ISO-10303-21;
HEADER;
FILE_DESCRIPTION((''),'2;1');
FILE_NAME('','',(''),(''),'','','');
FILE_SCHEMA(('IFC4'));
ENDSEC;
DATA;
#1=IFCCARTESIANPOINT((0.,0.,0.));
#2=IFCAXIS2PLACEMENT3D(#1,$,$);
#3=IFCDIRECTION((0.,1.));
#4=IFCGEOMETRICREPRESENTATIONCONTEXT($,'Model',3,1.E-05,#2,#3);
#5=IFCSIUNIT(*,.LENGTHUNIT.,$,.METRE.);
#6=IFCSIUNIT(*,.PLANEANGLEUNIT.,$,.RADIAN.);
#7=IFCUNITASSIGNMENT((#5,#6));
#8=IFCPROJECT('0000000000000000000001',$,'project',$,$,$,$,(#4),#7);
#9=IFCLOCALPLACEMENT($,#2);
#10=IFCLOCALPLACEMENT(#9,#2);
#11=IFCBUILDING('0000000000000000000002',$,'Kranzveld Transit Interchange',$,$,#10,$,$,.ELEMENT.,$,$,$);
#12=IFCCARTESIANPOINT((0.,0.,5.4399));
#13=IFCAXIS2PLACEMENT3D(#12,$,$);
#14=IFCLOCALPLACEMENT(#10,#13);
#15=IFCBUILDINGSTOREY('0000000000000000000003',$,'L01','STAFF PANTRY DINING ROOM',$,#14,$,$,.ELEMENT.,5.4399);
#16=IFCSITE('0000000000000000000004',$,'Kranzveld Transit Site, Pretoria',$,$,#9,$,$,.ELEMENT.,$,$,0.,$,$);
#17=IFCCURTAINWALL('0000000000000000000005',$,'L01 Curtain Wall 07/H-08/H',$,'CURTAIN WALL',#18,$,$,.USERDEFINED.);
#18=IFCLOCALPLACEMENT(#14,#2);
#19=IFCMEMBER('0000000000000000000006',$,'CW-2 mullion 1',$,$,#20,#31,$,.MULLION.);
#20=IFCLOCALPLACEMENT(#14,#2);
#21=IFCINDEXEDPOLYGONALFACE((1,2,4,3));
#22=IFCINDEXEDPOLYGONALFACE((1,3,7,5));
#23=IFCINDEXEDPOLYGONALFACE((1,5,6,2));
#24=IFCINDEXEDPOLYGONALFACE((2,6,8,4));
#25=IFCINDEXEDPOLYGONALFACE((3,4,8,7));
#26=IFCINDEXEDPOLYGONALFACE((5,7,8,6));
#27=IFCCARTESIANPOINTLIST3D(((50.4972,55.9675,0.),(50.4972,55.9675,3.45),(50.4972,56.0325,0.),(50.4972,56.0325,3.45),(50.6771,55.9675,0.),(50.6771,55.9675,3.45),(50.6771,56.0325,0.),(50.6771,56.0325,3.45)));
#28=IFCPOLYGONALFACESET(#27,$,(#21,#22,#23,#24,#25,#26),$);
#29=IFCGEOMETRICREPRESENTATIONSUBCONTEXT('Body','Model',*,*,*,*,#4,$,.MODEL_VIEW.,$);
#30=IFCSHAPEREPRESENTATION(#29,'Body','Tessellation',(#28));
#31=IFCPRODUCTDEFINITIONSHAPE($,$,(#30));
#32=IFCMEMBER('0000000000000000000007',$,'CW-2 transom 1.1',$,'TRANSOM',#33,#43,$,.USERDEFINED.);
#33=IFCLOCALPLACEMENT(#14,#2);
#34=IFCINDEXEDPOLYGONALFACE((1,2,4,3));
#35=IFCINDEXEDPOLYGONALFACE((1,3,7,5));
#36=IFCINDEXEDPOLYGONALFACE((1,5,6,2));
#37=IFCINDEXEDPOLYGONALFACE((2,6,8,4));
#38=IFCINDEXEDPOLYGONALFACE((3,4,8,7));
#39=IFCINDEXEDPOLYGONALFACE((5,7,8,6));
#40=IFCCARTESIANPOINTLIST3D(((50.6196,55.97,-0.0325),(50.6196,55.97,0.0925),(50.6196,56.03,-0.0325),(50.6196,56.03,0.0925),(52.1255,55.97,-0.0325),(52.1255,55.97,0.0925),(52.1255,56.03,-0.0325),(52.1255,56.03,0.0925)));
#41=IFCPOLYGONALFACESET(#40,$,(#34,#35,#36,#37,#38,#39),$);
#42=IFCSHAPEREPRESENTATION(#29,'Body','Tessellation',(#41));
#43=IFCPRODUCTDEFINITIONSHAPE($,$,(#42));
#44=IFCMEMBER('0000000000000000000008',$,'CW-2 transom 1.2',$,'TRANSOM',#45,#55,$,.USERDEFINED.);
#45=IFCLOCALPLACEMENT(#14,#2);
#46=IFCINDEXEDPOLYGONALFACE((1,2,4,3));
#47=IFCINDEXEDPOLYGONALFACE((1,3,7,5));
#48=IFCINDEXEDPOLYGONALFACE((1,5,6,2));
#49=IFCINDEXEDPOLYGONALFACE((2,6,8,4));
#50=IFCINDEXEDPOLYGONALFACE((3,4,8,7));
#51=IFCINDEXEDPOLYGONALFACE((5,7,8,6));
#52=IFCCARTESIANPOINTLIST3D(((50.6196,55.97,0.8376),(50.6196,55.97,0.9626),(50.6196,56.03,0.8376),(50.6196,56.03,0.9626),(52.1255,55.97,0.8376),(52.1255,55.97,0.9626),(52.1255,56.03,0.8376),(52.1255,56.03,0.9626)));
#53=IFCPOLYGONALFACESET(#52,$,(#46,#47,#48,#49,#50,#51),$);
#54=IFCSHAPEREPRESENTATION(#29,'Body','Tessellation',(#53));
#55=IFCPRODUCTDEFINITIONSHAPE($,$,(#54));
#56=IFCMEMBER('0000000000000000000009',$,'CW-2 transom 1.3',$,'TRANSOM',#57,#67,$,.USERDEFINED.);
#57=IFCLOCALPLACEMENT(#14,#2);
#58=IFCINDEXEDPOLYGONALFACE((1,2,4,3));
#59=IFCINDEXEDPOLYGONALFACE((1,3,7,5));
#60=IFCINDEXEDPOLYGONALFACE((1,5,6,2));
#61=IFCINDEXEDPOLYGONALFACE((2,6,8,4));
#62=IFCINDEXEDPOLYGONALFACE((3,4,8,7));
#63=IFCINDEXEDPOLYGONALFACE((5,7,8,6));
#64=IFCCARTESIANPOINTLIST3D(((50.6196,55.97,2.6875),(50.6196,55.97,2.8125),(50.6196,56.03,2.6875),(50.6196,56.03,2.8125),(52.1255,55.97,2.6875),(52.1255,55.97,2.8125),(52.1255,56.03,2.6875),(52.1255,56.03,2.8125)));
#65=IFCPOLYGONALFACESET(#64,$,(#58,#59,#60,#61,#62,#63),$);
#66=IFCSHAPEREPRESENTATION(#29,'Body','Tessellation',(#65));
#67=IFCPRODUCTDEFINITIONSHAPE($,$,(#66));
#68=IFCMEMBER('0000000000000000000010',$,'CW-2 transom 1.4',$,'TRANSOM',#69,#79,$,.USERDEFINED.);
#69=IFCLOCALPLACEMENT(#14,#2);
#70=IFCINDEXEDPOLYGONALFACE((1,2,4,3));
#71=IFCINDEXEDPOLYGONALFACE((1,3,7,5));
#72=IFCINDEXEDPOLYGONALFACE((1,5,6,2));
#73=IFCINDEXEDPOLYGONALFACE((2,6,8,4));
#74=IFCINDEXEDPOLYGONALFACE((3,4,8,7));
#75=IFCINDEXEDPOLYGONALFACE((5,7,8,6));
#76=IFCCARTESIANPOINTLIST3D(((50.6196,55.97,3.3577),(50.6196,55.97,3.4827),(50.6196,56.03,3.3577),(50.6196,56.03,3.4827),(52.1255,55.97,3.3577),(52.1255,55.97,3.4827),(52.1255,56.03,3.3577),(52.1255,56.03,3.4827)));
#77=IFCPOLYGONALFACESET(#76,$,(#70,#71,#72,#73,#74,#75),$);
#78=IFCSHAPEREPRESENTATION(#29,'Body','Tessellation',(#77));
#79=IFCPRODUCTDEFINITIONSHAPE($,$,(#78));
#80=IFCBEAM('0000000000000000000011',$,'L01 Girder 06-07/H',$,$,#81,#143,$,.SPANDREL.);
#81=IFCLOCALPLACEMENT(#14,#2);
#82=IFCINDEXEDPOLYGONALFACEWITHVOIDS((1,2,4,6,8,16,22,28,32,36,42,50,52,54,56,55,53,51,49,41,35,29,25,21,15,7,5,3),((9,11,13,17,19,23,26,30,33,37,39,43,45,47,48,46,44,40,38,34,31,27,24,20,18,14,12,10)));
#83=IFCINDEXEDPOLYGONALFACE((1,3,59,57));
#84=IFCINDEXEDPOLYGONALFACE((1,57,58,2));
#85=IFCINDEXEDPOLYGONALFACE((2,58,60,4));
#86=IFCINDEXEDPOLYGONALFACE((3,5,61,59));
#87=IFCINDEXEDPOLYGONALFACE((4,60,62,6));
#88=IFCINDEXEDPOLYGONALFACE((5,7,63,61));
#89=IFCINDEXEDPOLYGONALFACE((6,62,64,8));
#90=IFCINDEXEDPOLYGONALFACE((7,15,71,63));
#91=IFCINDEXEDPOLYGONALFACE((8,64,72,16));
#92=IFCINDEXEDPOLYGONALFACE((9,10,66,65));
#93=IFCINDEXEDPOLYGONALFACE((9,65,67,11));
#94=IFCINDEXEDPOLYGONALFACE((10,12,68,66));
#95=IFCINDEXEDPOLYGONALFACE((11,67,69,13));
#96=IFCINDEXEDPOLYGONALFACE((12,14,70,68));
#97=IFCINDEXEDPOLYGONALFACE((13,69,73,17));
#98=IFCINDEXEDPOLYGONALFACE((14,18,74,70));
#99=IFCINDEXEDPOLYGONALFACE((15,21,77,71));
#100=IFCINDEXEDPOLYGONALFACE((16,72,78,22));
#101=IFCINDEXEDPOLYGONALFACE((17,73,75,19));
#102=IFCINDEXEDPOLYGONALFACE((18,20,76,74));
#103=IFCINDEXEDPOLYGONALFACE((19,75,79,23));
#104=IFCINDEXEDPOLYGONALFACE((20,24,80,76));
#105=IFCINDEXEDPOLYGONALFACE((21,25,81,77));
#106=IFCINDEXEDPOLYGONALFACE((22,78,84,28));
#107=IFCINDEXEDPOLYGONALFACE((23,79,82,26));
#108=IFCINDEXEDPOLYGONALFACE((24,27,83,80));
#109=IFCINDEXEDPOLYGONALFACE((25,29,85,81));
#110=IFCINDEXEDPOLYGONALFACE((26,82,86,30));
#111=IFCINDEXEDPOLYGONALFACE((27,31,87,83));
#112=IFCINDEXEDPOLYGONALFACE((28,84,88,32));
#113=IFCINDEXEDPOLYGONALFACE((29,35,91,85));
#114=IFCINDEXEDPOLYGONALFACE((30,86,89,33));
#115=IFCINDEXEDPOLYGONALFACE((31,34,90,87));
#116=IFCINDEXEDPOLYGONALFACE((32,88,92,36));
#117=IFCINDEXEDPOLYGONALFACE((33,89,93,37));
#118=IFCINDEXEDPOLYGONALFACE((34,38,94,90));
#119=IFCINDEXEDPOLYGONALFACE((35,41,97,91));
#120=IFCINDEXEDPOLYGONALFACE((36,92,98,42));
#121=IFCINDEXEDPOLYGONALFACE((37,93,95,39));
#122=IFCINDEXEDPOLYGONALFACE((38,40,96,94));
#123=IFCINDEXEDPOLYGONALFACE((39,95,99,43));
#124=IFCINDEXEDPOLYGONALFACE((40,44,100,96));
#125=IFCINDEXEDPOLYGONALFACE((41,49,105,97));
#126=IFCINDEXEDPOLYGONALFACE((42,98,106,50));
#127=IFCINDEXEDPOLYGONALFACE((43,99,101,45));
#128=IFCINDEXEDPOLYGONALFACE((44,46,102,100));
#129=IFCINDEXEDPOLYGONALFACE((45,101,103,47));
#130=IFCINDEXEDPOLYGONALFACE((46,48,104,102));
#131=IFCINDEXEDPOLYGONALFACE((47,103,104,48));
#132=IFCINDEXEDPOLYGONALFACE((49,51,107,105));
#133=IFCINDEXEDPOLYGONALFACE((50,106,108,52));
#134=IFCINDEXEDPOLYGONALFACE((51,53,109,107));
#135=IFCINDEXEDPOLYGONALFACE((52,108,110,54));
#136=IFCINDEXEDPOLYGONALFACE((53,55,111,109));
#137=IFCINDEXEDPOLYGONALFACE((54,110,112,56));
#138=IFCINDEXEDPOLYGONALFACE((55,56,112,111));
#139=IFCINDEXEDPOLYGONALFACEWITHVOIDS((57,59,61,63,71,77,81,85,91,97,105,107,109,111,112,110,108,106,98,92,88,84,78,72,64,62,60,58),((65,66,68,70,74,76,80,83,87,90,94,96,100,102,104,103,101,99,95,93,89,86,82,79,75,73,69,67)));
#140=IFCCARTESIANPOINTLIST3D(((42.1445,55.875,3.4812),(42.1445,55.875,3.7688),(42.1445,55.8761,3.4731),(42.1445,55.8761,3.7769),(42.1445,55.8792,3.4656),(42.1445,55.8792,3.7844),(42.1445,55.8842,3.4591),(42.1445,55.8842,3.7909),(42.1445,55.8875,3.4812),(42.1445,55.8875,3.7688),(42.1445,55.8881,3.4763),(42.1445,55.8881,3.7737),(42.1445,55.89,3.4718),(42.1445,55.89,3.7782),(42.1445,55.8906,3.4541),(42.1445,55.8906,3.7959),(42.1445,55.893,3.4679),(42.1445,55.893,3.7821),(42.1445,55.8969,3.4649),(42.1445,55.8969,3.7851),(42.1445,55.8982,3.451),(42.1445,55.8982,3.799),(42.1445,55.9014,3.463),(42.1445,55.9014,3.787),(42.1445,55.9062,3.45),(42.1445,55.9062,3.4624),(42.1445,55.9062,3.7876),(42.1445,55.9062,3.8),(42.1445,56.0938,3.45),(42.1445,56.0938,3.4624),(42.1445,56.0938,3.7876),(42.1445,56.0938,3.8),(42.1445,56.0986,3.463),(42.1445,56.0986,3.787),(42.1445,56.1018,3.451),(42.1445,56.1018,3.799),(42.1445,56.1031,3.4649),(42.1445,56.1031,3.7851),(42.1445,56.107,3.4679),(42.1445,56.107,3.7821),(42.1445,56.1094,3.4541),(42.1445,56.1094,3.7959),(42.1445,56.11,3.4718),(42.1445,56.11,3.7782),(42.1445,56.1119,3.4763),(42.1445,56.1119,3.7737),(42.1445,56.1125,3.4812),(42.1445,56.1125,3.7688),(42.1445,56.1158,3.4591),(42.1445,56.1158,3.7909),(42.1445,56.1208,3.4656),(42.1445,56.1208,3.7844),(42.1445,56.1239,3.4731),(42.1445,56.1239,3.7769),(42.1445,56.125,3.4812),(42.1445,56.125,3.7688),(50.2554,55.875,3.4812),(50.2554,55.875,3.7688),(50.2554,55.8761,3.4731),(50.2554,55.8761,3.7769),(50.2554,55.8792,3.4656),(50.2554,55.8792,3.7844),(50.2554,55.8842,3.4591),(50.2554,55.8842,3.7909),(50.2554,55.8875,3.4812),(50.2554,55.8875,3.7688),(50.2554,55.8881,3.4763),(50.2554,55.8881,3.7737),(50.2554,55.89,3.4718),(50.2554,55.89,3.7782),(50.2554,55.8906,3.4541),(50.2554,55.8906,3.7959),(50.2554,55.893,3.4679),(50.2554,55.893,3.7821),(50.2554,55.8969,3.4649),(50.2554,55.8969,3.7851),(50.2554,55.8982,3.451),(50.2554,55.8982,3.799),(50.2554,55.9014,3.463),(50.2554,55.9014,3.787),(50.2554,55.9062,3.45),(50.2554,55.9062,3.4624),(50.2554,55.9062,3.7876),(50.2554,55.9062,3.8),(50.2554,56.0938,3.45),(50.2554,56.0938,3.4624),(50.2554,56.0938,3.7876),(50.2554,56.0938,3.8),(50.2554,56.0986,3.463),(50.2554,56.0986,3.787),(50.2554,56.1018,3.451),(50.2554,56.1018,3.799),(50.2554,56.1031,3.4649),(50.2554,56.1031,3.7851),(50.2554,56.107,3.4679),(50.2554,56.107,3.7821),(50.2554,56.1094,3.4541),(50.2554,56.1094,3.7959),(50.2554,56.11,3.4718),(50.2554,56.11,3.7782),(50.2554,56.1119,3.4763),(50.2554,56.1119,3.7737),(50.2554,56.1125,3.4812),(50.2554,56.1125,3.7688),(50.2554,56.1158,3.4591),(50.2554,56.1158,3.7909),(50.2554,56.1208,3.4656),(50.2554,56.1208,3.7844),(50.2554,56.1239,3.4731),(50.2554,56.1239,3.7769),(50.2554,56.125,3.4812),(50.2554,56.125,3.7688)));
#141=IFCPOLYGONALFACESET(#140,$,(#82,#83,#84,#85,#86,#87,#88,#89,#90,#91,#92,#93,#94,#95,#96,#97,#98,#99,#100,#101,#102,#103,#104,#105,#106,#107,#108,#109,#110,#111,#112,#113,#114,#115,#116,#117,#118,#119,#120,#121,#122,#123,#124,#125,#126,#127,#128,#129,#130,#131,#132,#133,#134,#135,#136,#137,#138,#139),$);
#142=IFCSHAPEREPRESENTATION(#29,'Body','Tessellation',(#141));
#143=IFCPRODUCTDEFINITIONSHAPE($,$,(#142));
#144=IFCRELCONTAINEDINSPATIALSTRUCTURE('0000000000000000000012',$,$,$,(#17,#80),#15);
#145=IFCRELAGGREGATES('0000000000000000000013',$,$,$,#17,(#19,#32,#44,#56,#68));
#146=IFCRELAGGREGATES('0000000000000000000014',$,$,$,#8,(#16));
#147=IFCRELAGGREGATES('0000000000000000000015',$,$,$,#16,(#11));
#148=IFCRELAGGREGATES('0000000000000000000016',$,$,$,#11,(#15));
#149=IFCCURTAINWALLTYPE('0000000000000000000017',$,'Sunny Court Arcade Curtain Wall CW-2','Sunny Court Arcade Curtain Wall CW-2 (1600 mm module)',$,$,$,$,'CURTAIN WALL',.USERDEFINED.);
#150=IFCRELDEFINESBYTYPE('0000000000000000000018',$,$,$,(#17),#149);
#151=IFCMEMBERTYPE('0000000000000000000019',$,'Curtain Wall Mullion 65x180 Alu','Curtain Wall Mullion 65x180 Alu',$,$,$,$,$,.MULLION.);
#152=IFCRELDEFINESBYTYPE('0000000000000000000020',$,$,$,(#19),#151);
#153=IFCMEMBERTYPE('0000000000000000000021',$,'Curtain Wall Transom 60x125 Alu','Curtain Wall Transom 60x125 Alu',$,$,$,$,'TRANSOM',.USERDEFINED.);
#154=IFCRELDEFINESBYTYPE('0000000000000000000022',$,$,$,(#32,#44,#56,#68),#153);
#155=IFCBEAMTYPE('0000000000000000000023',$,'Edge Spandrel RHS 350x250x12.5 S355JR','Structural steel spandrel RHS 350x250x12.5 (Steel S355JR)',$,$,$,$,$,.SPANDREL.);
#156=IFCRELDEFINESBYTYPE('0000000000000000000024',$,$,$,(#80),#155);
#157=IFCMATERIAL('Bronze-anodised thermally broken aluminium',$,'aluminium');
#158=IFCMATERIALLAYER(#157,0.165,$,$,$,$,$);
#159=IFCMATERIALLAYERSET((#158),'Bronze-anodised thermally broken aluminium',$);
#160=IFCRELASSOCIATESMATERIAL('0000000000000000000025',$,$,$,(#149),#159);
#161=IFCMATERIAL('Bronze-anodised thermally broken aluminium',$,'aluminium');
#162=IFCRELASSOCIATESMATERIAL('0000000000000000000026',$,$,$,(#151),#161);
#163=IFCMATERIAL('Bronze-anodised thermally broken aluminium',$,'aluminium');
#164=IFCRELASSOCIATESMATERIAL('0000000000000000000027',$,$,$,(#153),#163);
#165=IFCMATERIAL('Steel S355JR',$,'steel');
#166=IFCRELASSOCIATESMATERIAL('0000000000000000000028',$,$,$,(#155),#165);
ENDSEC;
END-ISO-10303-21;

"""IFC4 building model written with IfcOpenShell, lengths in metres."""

from ifc_helpers import new_model, si_unit, direction, frame, origin, origin_2d, place, context, subcontext, project, spatial, rectangle, hollow_rectangle, extrude, material, layer, layer_set, material_profile, profile_set, type_object, element, aggregate, save


model = new_model("IFC4")

# Units and contexts
model_context = context("Model", 3, precision=1e-05, world=origin(), true_north=direction((0.0, 1.0)))
body_context = subcontext(model_context, "Body", "Model", "MODEL_VIEW")
ifc_project = project(units=[si_unit("LENGTHUNIT", "METRE"), si_unit("PLANEANGLEUNIT", "RADIAN")], contexts=[model_context])

# Site, building, storey
site_placement = place(None, origin())
site = spatial("IfcSite", under=ifc_project, at=site_placement, Name="Kranzveld Transit Site, Pretoria", CompositionType="ELEMENT", RefElevation=0.0)
building_placement = place(site_placement, origin())
building = spatial("IfcBuilding", under=site, at=building_placement, Name="Kranzveld Transit Interchange", CompositionType="ELEMENT")
storey_placement = place(building_placement, frame((0.0, 0.0, 5.4399)))
storey = spatial("IfcBuildingStorey", under=building, at=storey_placement, Name="L01", Description="STAFF PANTRY DINING ROOM", CompositionType="ELEMENT", Elevation=5.4399)

# Curtain wall, members
ifc_material_1 = material(Name="Bronze-anodised thermally broken aluminium", Category="aluminium")
ifc_layer_1 = layer(ifc_material_1, 0.165)
ifc_layer_set_1 = layer_set([ifc_layer_1], Name="Bronze-anodised thermally broken aluminium")
curtain_wall_type = type_object("IfcCurtainWallType", Name="Sunny Court Arcade Curtain Wall CW-2", Description="Sunny Court Arcade Curtain Wall CW-2 (1600 mm module)", ElementType="CURTAIN WALL", PredefinedType="USERDEFINED", material=ifc_layer_set_1)
curtain_wall_placement = place(storey_placement, origin())
curtain_wall = element("IfcCurtainWall", 1, at=curtain_wall_placement, inside=storey, type_object=curtain_wall_type, Name="L01 Curtain Wall 07/H-08/H", ObjectType="CURTAIN WALL", PredefinedType="USERDEFINED")
ifc_material_2 = material(Name="Bronze-anodised thermally broken aluminium", Category="aluminium")
ifc_material_profile_1 = material_profile(ifc_material_2, rectangle(XDim=0.0649, YDim=0.1799, at=origin_2d()), Name="ALU MULLION 65x180")
ifc_profile_set_1 = profile_set([ifc_material_profile_1], Name="Bronze-anodised thermally broken aluminium")
member_type_1 = type_object("IfcMemberType", Name="Curtain Wall Mullion 65x180 Alu", Description="Curtain Wall Mullion 65x180 Alu", PredefinedType="MULLION", material=ifc_profile_set_1)
member_1_placement = place(storey_placement, frame((50.5872, 56.0, 0.0), z_axis=(0.0, 0.0, 1.0), x_axis=(0.0, 1.0, 0.0)))
member_1 = element("IfcMember", 2, at=member_1_placement, type_object=member_type_1, Name="CW-2 mullion 1", PredefinedType="MULLION", context=body_context, shape_type="SweptSolid", body=[
    extrude(rectangle(XDim=0.0649, YDim=0.1799, at=origin_2d()), origin(), (0.0, 0.0, 1.0), 3.45),
])
ifc_material_3 = material(Name="Bronze-anodised thermally broken aluminium", Category="aluminium")
ifc_material_profile_2 = material_profile(ifc_material_3, rectangle(XDim=0.0601, YDim=0.125, at=origin_2d()), Name="ALU TRANSOM 60x125")
ifc_profile_set_2 = profile_set([ifc_material_profile_2], Name="Bronze-anodised thermally broken aluminium")
member_type_2 = type_object("IfcMemberType", Name="Curtain Wall Transom 60x125 Alu", Description="Curtain Wall Transom 60x125 Alu", ElementType="TRANSOM", PredefinedType="USERDEFINED", material=ifc_profile_set_2)
member_2_placement = place(storey_placement, frame((50.6196, 56.0, 0.03), z_axis=(1.0, 0.0, 0.0), x_axis=(0.0, 1.0, 0.0)))
member_2 = element("IfcMember", 3, at=member_2_placement, type_object=member_type_2, Name="CW-2 transom 1.1", ObjectType="TRANSOM", PredefinedType="USERDEFINED", context=body_context, shape_type="SweptSolid", body=[
    extrude(rectangle(XDim=0.0601, YDim=0.125, at=origin_2d()), origin(), (0.0, 0.0, 1.0), 1.5059),
])
member_3_placement = place(storey_placement, frame((50.6196, 56.0, 0.9001), z_axis=(1.0, 0.0, 0.0), x_axis=(0.0, 1.0, 0.0)))
member_3 = element("IfcMember", 4, at=member_3_placement, type_object=member_type_2, Name="CW-2 transom 1.2", ObjectType="TRANSOM", PredefinedType="USERDEFINED", context=body_context, shape_type="SweptSolid", body=[
    extrude(rectangle(XDim=0.0601, YDim=0.125, at=origin_2d()), origin(), (0.0, 0.0, 1.0), 1.5059),
])
member_4_placement = place(storey_placement, frame((50.6196, 56.0, 2.75), z_axis=(1.0, 0.0, 0.0), x_axis=(0.0, 1.0, 0.0)))
member_4 = element("IfcMember", 5, at=member_4_placement, type_object=member_type_2, Name="CW-2 transom 1.3", ObjectType="TRANSOM", PredefinedType="USERDEFINED", context=body_context, shape_type="SweptSolid", body=[
    extrude(rectangle(XDim=0.0601, YDim=0.125, at=origin_2d()), origin(), (0.0, 0.0, 1.0), 1.5059),
])
member_5_placement = place(storey_placement, frame((50.6196, 56.0, 3.4202), z_axis=(1.0, 0.0, 0.0), x_axis=(0.0, 1.0, 0.0)))
member_5 = element("IfcMember", 6, at=member_5_placement, type_object=member_type_2, Name="CW-2 transom 1.4", ObjectType="TRANSOM", PredefinedType="USERDEFINED", context=body_context, shape_type="SweptSolid", body=[
    extrude(rectangle(XDim=0.0601, YDim=0.125, at=origin_2d()), origin(), (0.0, 0.0, 1.0), 1.5059),
])

# Beam
ifc_material_4 = material(Name="Steel S355JR", Category="steel")
ifc_material_profile_3 = material_profile(ifc_material_4, hollow_rectangle(XDim=0.25, YDim=0.3501, WallThickness=0.0125, InnerFilletRadius=0.0188, OuterFilletRadius=0.0312, at=origin_2d()), Name="RHS 350x250x12.5")
ifc_profile_set_3 = profile_set([ifc_material_profile_3], Name="Steel S355JR")
beam_type_1 = type_object("IfcBeamType", Name="Edge Spandrel RHS 350x250x12.5 S355JR", Description="Structural steel spandrel RHS 350x250x12.5 (Steel S355JR)", PredefinedType="SPANDREL", material=ifc_profile_set_3)
beam_1_placement = place(storey_placement, frame((42.1445, 56.0, 3.625), z_axis=(1.0, 0.0, 0.0), x_axis=(0.0, 1.0, 0.0)))
element("IfcBeam", 7, at=beam_1_placement, inside=storey, type_object=beam_type_1, Name="L01 Girder 06-07/H", PredefinedType="SPANDREL", context=body_context, shape_type="SweptSolid", body=[
    extrude(hollow_rectangle(XDim=0.25, YDim=0.3501, WallThickness=0.0125, InnerFilletRadius=0.0188, OuterFilletRadius=0.0312, at=origin_2d()), origin(), (0.0, 0.0, 1.0), 8.1108),
])

aggregate(curtain_wall, [member_1, member_2, member_3, member_4, member_5])

save(model, "model.ifc")
